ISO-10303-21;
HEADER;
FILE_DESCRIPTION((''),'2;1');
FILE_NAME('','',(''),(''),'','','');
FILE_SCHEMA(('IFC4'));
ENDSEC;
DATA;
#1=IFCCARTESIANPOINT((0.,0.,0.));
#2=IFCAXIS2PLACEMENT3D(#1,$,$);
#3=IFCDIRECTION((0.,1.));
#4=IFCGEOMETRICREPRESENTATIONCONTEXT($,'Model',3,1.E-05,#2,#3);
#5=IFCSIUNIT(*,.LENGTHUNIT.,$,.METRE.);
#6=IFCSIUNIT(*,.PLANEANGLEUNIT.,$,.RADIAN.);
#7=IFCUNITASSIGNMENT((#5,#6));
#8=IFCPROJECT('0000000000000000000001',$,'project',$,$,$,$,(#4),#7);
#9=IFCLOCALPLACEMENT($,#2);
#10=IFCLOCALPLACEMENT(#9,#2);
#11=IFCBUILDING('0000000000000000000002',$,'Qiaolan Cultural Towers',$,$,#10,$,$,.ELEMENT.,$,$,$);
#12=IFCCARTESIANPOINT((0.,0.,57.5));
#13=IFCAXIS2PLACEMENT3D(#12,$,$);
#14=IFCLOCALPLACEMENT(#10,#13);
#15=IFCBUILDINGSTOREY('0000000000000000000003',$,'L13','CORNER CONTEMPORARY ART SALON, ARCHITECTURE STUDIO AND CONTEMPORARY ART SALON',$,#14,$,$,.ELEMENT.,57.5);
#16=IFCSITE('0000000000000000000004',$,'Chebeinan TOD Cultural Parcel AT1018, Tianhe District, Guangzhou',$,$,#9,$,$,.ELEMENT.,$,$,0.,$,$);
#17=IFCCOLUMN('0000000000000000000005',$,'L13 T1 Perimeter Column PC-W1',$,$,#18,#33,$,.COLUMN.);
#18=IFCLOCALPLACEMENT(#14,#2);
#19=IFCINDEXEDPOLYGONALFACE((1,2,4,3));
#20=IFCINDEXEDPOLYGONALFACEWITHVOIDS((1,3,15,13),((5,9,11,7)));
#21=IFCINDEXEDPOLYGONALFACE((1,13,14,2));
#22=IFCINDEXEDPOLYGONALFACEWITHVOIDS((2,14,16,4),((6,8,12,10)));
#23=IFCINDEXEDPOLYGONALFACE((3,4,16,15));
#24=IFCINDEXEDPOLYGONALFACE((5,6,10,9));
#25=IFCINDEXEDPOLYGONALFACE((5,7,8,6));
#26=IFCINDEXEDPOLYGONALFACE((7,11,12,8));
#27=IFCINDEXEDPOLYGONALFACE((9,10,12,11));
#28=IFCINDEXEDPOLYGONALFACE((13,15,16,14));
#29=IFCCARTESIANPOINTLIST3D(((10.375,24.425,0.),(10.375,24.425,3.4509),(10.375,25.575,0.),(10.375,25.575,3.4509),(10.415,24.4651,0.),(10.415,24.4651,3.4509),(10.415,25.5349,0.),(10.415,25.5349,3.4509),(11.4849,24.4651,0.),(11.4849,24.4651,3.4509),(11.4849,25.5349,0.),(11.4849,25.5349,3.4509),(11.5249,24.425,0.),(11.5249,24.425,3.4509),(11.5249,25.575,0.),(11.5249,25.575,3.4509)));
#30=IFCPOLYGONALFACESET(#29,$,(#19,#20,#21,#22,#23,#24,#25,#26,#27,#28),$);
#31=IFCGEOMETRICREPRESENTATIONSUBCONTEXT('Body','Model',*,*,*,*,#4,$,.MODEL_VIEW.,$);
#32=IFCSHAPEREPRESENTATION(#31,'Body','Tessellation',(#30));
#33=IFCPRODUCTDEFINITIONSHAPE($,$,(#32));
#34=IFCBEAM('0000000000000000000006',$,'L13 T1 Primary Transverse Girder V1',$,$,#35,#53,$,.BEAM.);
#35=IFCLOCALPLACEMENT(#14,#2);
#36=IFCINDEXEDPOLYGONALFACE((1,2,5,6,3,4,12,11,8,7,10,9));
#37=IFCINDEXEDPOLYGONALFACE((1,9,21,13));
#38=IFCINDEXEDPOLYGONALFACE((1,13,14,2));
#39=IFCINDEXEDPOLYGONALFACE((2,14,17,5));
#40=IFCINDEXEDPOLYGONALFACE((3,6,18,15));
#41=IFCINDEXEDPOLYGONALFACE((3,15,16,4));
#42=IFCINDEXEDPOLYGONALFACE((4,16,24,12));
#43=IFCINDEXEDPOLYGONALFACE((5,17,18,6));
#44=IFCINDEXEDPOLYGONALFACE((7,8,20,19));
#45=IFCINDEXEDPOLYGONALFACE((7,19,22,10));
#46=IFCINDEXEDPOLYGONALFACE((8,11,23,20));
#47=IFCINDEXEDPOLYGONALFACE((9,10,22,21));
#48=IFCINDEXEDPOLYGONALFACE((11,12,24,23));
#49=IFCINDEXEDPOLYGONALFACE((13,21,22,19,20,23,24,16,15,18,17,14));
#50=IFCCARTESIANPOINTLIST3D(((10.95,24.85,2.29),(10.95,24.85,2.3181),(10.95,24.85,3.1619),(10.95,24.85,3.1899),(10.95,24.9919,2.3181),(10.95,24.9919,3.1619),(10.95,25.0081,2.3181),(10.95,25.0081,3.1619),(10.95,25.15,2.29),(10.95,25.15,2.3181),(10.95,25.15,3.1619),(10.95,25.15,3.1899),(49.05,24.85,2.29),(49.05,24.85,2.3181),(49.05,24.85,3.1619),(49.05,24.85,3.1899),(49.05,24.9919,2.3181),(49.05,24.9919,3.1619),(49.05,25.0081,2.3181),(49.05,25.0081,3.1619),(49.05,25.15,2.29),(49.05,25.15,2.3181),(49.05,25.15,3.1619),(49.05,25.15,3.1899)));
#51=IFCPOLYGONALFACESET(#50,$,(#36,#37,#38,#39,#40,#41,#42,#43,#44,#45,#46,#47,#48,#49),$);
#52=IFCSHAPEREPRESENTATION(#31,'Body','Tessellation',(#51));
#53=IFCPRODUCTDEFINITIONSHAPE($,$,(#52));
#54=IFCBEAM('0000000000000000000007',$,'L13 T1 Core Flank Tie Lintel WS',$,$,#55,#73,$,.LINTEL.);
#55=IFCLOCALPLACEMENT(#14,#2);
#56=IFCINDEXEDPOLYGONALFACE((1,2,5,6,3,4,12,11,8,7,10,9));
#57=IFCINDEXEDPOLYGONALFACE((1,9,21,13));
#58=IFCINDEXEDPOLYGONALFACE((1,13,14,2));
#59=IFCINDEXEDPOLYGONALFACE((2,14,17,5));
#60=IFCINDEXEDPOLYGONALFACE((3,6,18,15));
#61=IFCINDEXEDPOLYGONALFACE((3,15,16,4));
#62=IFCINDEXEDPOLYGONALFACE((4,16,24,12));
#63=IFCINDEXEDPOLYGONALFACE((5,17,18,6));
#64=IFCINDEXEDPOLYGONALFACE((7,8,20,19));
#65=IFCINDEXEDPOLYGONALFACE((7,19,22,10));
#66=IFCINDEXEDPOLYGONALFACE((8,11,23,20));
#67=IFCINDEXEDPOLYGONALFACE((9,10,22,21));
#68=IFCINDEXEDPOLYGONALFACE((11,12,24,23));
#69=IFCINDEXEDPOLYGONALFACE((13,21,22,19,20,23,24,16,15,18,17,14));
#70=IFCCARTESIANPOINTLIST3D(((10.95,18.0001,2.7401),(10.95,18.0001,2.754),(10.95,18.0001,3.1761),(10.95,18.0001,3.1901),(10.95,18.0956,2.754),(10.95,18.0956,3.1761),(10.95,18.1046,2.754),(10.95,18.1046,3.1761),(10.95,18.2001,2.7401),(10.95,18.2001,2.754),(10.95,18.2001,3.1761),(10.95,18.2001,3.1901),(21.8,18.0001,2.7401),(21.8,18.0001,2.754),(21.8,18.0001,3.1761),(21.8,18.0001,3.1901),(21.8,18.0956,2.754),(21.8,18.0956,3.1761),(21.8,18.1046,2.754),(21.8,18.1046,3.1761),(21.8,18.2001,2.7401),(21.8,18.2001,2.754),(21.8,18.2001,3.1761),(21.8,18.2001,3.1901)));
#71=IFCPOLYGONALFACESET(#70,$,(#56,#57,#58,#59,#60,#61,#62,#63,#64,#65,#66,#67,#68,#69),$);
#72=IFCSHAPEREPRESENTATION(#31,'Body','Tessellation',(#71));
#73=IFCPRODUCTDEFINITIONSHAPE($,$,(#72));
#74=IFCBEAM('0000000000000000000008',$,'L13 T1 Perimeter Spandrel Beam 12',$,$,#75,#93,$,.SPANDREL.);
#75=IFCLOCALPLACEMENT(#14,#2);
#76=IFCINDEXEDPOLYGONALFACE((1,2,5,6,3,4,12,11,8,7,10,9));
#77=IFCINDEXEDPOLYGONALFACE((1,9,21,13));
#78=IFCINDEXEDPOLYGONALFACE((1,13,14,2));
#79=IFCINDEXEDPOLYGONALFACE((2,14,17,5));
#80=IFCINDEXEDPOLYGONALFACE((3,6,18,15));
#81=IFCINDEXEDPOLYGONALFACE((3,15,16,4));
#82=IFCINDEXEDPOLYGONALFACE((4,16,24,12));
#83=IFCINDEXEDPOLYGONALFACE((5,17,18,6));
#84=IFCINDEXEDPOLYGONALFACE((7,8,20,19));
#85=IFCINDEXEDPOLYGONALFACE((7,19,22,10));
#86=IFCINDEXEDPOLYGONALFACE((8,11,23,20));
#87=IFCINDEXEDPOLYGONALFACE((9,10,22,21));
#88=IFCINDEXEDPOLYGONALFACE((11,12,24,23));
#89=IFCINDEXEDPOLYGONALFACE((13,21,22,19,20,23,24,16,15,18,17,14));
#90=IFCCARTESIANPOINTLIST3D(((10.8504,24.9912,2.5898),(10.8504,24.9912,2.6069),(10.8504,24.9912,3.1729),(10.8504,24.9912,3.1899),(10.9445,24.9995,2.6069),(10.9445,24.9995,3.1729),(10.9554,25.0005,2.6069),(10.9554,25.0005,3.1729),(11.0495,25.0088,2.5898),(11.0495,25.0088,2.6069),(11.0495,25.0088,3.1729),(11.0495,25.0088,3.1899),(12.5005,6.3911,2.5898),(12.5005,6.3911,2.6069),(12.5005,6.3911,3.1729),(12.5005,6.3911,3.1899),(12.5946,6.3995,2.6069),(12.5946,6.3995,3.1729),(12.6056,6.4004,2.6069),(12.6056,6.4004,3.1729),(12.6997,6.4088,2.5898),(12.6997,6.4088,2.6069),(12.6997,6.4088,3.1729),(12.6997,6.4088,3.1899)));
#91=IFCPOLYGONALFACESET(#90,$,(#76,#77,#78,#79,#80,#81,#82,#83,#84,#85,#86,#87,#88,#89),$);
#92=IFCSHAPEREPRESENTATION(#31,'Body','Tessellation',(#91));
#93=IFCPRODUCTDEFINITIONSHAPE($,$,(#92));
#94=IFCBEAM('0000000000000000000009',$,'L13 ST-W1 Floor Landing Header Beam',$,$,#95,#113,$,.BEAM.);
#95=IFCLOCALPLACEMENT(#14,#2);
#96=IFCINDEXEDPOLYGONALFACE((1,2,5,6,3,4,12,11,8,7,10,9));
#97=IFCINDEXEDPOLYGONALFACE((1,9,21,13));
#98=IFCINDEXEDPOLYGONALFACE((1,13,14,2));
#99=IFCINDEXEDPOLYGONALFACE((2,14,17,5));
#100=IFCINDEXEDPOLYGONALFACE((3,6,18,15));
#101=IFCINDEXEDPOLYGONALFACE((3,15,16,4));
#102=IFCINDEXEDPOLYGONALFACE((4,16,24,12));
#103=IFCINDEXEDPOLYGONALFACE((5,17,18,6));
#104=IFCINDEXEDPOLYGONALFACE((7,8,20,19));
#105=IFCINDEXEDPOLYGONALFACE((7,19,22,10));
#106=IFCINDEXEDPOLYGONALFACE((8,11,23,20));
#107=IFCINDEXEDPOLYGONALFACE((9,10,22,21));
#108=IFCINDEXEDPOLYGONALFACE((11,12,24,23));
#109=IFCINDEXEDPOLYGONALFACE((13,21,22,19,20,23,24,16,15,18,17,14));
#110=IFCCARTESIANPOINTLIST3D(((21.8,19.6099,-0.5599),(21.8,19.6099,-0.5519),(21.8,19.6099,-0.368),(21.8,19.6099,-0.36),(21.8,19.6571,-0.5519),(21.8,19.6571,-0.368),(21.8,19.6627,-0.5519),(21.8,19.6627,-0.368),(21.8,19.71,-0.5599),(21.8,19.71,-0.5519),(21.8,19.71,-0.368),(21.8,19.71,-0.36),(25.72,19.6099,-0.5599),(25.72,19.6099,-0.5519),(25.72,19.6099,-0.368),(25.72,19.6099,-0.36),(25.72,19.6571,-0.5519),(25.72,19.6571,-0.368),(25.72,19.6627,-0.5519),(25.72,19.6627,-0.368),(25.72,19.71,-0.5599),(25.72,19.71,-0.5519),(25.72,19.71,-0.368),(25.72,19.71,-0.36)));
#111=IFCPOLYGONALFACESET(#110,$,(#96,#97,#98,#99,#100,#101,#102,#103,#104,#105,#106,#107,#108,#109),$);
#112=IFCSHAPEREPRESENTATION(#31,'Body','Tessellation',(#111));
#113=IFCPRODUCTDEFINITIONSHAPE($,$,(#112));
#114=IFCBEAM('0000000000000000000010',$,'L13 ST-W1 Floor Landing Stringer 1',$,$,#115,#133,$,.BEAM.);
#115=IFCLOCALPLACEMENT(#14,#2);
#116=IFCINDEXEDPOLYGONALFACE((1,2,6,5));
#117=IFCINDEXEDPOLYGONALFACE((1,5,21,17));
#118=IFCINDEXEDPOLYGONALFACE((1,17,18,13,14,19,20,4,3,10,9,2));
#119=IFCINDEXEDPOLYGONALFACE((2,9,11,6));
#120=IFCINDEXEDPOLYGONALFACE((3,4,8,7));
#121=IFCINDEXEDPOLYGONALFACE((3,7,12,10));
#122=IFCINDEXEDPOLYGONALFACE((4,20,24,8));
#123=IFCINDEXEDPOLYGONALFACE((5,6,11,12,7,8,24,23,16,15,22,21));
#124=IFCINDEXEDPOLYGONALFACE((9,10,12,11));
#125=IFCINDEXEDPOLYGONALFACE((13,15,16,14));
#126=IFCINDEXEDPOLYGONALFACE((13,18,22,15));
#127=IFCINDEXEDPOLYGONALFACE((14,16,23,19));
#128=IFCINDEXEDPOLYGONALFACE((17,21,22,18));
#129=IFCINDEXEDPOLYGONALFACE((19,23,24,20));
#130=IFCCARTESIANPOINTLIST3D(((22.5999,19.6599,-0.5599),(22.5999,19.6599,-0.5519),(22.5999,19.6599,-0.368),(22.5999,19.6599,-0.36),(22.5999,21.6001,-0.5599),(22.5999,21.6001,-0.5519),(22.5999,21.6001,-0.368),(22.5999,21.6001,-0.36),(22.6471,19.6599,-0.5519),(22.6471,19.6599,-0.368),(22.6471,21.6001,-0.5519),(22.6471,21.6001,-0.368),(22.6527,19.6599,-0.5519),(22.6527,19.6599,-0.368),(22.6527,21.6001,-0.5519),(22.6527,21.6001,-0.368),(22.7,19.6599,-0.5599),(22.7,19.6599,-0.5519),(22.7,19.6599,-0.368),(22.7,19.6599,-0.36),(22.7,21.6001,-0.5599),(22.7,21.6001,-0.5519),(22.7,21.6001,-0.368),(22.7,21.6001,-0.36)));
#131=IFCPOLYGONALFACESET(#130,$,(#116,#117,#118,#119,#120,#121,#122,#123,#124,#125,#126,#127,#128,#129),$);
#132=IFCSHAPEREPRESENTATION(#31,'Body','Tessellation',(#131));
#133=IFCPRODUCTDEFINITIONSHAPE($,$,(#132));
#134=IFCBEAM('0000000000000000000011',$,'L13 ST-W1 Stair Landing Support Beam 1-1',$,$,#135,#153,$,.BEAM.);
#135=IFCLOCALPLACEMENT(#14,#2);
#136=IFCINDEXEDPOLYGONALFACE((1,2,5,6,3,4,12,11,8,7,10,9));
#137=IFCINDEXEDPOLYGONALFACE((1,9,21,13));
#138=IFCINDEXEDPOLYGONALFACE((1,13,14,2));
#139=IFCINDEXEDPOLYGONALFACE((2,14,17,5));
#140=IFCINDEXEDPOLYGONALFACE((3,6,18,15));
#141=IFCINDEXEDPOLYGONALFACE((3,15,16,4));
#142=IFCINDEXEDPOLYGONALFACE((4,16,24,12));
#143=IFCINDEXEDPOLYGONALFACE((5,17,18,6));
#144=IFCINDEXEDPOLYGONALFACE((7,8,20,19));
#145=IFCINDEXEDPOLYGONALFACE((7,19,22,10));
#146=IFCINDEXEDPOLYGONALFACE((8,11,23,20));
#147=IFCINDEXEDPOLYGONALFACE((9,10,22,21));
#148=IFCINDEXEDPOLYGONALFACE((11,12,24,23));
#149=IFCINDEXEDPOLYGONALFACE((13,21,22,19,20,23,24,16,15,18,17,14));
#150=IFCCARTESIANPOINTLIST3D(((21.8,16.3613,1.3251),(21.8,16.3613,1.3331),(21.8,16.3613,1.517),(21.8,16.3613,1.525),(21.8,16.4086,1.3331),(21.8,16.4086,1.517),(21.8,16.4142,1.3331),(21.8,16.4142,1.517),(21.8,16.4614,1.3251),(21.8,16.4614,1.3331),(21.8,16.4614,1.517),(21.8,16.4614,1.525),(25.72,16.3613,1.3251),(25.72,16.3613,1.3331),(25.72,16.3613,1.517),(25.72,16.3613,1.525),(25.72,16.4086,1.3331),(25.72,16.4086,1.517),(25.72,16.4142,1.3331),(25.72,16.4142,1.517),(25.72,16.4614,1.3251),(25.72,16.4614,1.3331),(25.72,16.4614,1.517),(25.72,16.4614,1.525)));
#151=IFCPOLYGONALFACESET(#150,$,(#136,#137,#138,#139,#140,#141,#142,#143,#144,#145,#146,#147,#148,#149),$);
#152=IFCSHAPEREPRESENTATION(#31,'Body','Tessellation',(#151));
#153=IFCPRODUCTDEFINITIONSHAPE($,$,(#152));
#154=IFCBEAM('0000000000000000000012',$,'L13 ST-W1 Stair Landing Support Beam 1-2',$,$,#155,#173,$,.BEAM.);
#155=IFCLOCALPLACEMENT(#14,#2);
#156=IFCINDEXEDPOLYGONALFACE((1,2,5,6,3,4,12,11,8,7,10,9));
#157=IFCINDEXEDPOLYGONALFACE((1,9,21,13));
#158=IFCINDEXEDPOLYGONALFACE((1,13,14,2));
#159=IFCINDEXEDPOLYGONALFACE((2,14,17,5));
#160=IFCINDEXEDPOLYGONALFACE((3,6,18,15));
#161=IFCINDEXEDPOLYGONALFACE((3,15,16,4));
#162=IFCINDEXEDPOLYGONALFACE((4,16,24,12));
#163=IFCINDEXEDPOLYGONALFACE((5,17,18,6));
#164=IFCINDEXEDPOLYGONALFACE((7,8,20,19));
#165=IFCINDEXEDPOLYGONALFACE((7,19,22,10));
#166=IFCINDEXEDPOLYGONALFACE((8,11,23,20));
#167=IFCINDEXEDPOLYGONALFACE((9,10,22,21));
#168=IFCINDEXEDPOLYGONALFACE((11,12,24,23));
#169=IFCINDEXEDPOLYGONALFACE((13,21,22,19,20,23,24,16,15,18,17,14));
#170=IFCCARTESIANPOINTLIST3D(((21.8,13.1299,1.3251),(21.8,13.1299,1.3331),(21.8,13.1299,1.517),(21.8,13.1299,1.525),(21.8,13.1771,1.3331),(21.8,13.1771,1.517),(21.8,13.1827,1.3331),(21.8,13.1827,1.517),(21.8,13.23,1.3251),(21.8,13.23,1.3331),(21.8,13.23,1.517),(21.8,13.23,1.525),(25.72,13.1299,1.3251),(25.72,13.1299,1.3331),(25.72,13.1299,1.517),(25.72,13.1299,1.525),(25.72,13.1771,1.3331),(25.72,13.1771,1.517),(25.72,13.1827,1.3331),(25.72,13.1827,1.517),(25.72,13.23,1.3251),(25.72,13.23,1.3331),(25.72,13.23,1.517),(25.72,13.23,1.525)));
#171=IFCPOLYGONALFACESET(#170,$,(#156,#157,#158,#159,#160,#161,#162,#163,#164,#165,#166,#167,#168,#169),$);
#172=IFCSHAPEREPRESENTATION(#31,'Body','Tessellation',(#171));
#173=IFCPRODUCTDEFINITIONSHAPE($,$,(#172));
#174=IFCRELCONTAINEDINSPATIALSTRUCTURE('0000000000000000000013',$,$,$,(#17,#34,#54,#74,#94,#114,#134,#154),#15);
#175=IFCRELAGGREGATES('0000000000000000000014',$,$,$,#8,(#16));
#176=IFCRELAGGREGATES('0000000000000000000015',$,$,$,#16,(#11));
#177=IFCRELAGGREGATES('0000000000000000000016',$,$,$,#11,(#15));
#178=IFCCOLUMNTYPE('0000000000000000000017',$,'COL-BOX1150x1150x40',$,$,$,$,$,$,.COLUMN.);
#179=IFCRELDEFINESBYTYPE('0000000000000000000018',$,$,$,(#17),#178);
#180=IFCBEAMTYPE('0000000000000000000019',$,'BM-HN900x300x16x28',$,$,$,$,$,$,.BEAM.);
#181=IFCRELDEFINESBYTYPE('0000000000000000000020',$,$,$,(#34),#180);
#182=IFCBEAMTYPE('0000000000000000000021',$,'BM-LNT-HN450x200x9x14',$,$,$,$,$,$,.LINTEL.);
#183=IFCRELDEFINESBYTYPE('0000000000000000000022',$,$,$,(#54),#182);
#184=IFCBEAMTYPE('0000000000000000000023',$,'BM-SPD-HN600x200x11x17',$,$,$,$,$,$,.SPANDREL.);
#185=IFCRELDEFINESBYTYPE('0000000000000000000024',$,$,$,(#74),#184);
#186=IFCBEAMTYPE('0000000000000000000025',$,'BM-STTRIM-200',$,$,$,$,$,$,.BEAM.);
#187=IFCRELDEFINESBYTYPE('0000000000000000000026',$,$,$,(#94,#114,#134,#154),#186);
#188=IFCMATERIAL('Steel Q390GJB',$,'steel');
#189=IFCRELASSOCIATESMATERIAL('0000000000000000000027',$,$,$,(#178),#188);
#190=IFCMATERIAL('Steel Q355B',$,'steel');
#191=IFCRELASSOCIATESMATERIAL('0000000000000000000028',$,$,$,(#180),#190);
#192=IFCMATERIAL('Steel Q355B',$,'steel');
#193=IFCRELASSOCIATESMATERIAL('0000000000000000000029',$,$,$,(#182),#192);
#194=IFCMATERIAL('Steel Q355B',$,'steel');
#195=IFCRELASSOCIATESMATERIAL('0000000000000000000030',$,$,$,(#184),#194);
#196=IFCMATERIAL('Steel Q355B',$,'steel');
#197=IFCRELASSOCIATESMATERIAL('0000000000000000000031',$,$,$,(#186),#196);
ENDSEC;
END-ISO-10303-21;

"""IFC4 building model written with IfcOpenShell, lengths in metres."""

from ifc_helpers import new_model, si_unit, direction, frame, origin, origin_2d, place, context, subcontext, project, spatial, hollow_rectangle, i_section, extrude, material, material_profile, profile_set, type_object, element, save


model = new_model("IFC4")

# Units and contexts
model_context = context("Model", 3, precision=1e-05, world=origin(), true_north=direction((0.0, 1.0)))
body_context = subcontext(model_context, "Body", "Model", "MODEL_VIEW")
ifc_project = project(units=[si_unit("LENGTHUNIT", "METRE"), si_unit("PLANEANGLEUNIT", "RADIAN")], contexts=[model_context])

# Site, building, storey
site_placement = place(None, origin())
site = spatial("IfcSite", under=ifc_project, at=site_placement, Name="Chebeinan TOD Cultural Parcel AT1018, Tianhe District, Guangzhou", CompositionType="ELEMENT", RefElevation=0.0)
building_placement = place(site_placement, origin())
building = spatial("IfcBuilding", under=site, at=building_placement, Name="Qiaolan Cultural Towers", CompositionType="ELEMENT")
storey_placement = place(building_placement, frame((0.0, 0.0, 57.5)))
storey = spatial("IfcBuildingStorey", under=building, at=storey_placement, Name="L13", Description="CORNER CONTEMPORARY ART SALON, ARCHITECTURE STUDIO AND CONTEMPORARY ART SALON", CompositionType="ELEMENT", Elevation=57.5)

# Column
ifc_material_1 = material(Name="Steel Q390GJB", Category="steel")
ifc_material_profile_1 = material_profile(ifc_material_1, hollow_rectangle(XDim=1.1499, YDim=1.1499, WallThickness=0.04, at=origin_2d()), Name="BOX1150x1150x40")
ifc_profile_set_1 = profile_set([ifc_material_profile_1], Name="Steel Q390GJB")
column_type = type_object("IfcColumnType", Name="COL-BOX1150x1150x40", PredefinedType="COLUMN", material=ifc_profile_set_1)
column_placement = place(storey_placement, frame((10.95, 25.0, 0.0), z_axis=(0.0, 0.0, 1.0), x_axis=(1.0, 0.0, 0.0)))
element("IfcColumn", 1, at=column_placement, inside=storey, type_object=column_type, Name="L13 T1 Perimeter Column PC-W1", PredefinedType="COLUMN", context=body_context, shape_type="SweptSolid", body=[
    extrude(hollow_rectangle(XDim=1.1499, YDim=1.1499, WallThickness=0.04, at=origin_2d()), origin(), (0.0, 0.0, 1.0), 3.4509),
])

# Beams
ifc_material_2 = material(Name="Steel Q355B", Category="steel")
ifc_material_profile_2 = material_profile(ifc_material_2, i_section(OverallWidth=0.3, OverallDepth=0.8999, WebThickness=0.0161, FlangeThickness=0.0281, at=origin_2d()), Name="HN900x300x16x28")
ifc_profile_set_2 = profile_set([ifc_material_profile_2], Name="Steel Q355B")
beam_type_1 = type_object("IfcBeamType", Name="BM-HN900x300x16x28", PredefinedType="BEAM", material=ifc_profile_set_2)
beam_1_placement = place(storey_placement, frame((10.95, 25.0, 2.74), z_axis=(1.0, 0.0, 0.0), x_axis=(0.0, 1.0, 0.0)))
element("IfcBeam", 2, at=beam_1_placement, inside=storey, type_object=beam_type_1, Name="L13 T1 Primary Transverse Girder V1", PredefinedType="BEAM", context=body_context, shape_type="SweptSolid", body=[
    extrude(i_section(OverallWidth=0.3, OverallDepth=0.8999, WebThickness=0.0161, FlangeThickness=0.0281, at=origin_2d()), origin(), (0.0, 0.0, 1.0), 38.1001),
])
ifc_material_3 = material(Name="Steel Q355B", Category="steel")
ifc_material_profile_3 = material_profile(ifc_material_3, i_section(OverallWidth=0.2, OverallDepth=0.45, WebThickness=0.009, FlangeThickness=0.0139, at=origin_2d()), Name="HN450x200x9x14")
ifc_profile_set_3 = profile_set([ifc_material_profile_3], Name="Steel Q355B")
beam_type_2 = type_object("IfcBeamType", Name="BM-LNT-HN450x200x9x14", PredefinedType="LINTEL", material=ifc_profile_set_3)
beam_2_placement = place(storey_placement, frame((21.8, 18.1001, 2.9651), z_axis=(-1.0, 0.0, 0.0), x_axis=(0.0, -1.0, 0.0)))
element("IfcBeam", 3, at=beam_2_placement, inside=storey, type_object=beam_type_2, Name="L13 T1 Core Flank Tie Lintel WS", PredefinedType="LINTEL", context=body_context, shape_type="SweptSolid", body=[
    extrude(i_section(OverallWidth=0.2, OverallDepth=0.45, WebThickness=0.009, FlangeThickness=0.0139, at=origin_2d()), origin(), (0.0, 0.0, 1.0), 10.8501),
])
ifc_material_4 = material(Name="Steel Q355B", Category="steel")
ifc_material_profile_4 = material_profile(ifc_material_4, i_section(OverallWidth=0.2, OverallDepth=0.6001, WebThickness=0.011, FlangeThickness=0.0171, at=origin_2d()), Name="HN600x200x11x17")
ifc_profile_set_4 = profile_set([ifc_material_profile_4], Name="Steel Q355B")
beam_type_3 = type_object("IfcBeamType", Name="BM-SPD-HN600x200x11x17", PredefinedType="SPANDREL", material=ifc_profile_set_4)
beam_3_placement = place(storey_placement, frame((10.95, 25.0, 2.8899), z_axis=(0.08837, -0.996088, 0.0), x_axis=(0.996088, 0.08837, 0.0)))
element("IfcBeam", 4, at=beam_3_placement, inside=storey, type_object=beam_type_3, Name="L13 T1 Perimeter Spandrel Beam 12", PredefinedType="SPANDREL", context=body_context, shape_type="SweptSolid", body=[
    extrude(i_section(OverallWidth=0.2, OverallDepth=0.6001, WebThickness=0.011, FlangeThickness=0.0171, at=origin_2d()), origin(), (0.0, 0.0, 1.0), 18.6731),
])
ifc_material_5 = material(Name="Steel Q355B", Category="steel")
ifc_material_profile_5 = material_profile(ifc_material_5, i_section(OverallWidth=0.1001, OverallDepth=0.2, WebThickness=0.0056, FlangeThickness=0.0081, at=origin_2d()), Name="HN200x100x5.5x8")
ifc_profile_set_5 = profile_set([ifc_material_profile_5], Name="Steel Q355B")
beam_type_4 = type_object("IfcBeamType", Name="BM-STTRIM-200", PredefinedType="BEAM", material=ifc_profile_set_5)
beam_4_placement = place(storey_placement, frame((21.8, 19.6599, -0.46), z_axis=(1.0, 0.0, 0.0), x_axis=(0.0, 1.0, 0.0)))
element("IfcBeam", 5, at=beam_4_placement, inside=storey, type_object=beam_type_4, Name="L13 ST-W1 Floor Landing Header Beam", PredefinedType="BEAM", context=body_context, shape_type="SweptSolid", body=[
    extrude(i_section(OverallWidth=0.1001, OverallDepth=0.2, WebThickness=0.0056, FlangeThickness=0.0081, at=origin_2d()), origin(), (0.0, 0.0, 1.0), 3.9199),
])
beam_5_placement = place(storey_placement, frame((22.6499, 21.6001, -0.46), z_axis=(0.0, -1.0, 0.0), x_axis=(1.0, 0.0, 0.0)))
element("IfcBeam", 6, at=beam_5_placement, inside=storey, type_object=beam_type_4, Name="L13 ST-W1 Floor Landing Stringer 1", PredefinedType="BEAM", context=body_context, shape_type="SweptSolid", body=[
    extrude(i_section(OverallWidth=0.1001, OverallDepth=0.2, WebThickness=0.0056, FlangeThickness=0.0081, at=origin_2d()), origin(), (0.0, 0.0, 1.0), 1.9402),
])
for number, where, z_axis, x_axis, name in (
    (7, (21.8, 16.4114, 1.425), (1.0, 0.0, 0.0), (0.0, 1.0, 0.0), "L13 ST-W1 Stair Landing Support Beam 1-1"),
    (8, (21.8, 13.1799, 1.425), (1.0, 0.0, 0.0), (0.0, 1.0, 0.0), "L13 ST-W1 Stair Landing Support Beam 1-2"),
):
    element("IfcBeam", number, at=place(storey_placement, frame(where, z_axis=z_axis, x_axis=x_axis)), inside=storey, type_object=beam_type_4, Name=name, PredefinedType="BEAM", context=body_context, shape_type="SweptSolid", body=[
        extrude(i_section(OverallWidth=0.1001, OverallDepth=0.2, WebThickness=0.0056, FlangeThickness=0.0081, at=origin_2d()), origin(), (0.0, 0.0, 1.0), 3.9199),
    ])

save(model, "model.ifc")
